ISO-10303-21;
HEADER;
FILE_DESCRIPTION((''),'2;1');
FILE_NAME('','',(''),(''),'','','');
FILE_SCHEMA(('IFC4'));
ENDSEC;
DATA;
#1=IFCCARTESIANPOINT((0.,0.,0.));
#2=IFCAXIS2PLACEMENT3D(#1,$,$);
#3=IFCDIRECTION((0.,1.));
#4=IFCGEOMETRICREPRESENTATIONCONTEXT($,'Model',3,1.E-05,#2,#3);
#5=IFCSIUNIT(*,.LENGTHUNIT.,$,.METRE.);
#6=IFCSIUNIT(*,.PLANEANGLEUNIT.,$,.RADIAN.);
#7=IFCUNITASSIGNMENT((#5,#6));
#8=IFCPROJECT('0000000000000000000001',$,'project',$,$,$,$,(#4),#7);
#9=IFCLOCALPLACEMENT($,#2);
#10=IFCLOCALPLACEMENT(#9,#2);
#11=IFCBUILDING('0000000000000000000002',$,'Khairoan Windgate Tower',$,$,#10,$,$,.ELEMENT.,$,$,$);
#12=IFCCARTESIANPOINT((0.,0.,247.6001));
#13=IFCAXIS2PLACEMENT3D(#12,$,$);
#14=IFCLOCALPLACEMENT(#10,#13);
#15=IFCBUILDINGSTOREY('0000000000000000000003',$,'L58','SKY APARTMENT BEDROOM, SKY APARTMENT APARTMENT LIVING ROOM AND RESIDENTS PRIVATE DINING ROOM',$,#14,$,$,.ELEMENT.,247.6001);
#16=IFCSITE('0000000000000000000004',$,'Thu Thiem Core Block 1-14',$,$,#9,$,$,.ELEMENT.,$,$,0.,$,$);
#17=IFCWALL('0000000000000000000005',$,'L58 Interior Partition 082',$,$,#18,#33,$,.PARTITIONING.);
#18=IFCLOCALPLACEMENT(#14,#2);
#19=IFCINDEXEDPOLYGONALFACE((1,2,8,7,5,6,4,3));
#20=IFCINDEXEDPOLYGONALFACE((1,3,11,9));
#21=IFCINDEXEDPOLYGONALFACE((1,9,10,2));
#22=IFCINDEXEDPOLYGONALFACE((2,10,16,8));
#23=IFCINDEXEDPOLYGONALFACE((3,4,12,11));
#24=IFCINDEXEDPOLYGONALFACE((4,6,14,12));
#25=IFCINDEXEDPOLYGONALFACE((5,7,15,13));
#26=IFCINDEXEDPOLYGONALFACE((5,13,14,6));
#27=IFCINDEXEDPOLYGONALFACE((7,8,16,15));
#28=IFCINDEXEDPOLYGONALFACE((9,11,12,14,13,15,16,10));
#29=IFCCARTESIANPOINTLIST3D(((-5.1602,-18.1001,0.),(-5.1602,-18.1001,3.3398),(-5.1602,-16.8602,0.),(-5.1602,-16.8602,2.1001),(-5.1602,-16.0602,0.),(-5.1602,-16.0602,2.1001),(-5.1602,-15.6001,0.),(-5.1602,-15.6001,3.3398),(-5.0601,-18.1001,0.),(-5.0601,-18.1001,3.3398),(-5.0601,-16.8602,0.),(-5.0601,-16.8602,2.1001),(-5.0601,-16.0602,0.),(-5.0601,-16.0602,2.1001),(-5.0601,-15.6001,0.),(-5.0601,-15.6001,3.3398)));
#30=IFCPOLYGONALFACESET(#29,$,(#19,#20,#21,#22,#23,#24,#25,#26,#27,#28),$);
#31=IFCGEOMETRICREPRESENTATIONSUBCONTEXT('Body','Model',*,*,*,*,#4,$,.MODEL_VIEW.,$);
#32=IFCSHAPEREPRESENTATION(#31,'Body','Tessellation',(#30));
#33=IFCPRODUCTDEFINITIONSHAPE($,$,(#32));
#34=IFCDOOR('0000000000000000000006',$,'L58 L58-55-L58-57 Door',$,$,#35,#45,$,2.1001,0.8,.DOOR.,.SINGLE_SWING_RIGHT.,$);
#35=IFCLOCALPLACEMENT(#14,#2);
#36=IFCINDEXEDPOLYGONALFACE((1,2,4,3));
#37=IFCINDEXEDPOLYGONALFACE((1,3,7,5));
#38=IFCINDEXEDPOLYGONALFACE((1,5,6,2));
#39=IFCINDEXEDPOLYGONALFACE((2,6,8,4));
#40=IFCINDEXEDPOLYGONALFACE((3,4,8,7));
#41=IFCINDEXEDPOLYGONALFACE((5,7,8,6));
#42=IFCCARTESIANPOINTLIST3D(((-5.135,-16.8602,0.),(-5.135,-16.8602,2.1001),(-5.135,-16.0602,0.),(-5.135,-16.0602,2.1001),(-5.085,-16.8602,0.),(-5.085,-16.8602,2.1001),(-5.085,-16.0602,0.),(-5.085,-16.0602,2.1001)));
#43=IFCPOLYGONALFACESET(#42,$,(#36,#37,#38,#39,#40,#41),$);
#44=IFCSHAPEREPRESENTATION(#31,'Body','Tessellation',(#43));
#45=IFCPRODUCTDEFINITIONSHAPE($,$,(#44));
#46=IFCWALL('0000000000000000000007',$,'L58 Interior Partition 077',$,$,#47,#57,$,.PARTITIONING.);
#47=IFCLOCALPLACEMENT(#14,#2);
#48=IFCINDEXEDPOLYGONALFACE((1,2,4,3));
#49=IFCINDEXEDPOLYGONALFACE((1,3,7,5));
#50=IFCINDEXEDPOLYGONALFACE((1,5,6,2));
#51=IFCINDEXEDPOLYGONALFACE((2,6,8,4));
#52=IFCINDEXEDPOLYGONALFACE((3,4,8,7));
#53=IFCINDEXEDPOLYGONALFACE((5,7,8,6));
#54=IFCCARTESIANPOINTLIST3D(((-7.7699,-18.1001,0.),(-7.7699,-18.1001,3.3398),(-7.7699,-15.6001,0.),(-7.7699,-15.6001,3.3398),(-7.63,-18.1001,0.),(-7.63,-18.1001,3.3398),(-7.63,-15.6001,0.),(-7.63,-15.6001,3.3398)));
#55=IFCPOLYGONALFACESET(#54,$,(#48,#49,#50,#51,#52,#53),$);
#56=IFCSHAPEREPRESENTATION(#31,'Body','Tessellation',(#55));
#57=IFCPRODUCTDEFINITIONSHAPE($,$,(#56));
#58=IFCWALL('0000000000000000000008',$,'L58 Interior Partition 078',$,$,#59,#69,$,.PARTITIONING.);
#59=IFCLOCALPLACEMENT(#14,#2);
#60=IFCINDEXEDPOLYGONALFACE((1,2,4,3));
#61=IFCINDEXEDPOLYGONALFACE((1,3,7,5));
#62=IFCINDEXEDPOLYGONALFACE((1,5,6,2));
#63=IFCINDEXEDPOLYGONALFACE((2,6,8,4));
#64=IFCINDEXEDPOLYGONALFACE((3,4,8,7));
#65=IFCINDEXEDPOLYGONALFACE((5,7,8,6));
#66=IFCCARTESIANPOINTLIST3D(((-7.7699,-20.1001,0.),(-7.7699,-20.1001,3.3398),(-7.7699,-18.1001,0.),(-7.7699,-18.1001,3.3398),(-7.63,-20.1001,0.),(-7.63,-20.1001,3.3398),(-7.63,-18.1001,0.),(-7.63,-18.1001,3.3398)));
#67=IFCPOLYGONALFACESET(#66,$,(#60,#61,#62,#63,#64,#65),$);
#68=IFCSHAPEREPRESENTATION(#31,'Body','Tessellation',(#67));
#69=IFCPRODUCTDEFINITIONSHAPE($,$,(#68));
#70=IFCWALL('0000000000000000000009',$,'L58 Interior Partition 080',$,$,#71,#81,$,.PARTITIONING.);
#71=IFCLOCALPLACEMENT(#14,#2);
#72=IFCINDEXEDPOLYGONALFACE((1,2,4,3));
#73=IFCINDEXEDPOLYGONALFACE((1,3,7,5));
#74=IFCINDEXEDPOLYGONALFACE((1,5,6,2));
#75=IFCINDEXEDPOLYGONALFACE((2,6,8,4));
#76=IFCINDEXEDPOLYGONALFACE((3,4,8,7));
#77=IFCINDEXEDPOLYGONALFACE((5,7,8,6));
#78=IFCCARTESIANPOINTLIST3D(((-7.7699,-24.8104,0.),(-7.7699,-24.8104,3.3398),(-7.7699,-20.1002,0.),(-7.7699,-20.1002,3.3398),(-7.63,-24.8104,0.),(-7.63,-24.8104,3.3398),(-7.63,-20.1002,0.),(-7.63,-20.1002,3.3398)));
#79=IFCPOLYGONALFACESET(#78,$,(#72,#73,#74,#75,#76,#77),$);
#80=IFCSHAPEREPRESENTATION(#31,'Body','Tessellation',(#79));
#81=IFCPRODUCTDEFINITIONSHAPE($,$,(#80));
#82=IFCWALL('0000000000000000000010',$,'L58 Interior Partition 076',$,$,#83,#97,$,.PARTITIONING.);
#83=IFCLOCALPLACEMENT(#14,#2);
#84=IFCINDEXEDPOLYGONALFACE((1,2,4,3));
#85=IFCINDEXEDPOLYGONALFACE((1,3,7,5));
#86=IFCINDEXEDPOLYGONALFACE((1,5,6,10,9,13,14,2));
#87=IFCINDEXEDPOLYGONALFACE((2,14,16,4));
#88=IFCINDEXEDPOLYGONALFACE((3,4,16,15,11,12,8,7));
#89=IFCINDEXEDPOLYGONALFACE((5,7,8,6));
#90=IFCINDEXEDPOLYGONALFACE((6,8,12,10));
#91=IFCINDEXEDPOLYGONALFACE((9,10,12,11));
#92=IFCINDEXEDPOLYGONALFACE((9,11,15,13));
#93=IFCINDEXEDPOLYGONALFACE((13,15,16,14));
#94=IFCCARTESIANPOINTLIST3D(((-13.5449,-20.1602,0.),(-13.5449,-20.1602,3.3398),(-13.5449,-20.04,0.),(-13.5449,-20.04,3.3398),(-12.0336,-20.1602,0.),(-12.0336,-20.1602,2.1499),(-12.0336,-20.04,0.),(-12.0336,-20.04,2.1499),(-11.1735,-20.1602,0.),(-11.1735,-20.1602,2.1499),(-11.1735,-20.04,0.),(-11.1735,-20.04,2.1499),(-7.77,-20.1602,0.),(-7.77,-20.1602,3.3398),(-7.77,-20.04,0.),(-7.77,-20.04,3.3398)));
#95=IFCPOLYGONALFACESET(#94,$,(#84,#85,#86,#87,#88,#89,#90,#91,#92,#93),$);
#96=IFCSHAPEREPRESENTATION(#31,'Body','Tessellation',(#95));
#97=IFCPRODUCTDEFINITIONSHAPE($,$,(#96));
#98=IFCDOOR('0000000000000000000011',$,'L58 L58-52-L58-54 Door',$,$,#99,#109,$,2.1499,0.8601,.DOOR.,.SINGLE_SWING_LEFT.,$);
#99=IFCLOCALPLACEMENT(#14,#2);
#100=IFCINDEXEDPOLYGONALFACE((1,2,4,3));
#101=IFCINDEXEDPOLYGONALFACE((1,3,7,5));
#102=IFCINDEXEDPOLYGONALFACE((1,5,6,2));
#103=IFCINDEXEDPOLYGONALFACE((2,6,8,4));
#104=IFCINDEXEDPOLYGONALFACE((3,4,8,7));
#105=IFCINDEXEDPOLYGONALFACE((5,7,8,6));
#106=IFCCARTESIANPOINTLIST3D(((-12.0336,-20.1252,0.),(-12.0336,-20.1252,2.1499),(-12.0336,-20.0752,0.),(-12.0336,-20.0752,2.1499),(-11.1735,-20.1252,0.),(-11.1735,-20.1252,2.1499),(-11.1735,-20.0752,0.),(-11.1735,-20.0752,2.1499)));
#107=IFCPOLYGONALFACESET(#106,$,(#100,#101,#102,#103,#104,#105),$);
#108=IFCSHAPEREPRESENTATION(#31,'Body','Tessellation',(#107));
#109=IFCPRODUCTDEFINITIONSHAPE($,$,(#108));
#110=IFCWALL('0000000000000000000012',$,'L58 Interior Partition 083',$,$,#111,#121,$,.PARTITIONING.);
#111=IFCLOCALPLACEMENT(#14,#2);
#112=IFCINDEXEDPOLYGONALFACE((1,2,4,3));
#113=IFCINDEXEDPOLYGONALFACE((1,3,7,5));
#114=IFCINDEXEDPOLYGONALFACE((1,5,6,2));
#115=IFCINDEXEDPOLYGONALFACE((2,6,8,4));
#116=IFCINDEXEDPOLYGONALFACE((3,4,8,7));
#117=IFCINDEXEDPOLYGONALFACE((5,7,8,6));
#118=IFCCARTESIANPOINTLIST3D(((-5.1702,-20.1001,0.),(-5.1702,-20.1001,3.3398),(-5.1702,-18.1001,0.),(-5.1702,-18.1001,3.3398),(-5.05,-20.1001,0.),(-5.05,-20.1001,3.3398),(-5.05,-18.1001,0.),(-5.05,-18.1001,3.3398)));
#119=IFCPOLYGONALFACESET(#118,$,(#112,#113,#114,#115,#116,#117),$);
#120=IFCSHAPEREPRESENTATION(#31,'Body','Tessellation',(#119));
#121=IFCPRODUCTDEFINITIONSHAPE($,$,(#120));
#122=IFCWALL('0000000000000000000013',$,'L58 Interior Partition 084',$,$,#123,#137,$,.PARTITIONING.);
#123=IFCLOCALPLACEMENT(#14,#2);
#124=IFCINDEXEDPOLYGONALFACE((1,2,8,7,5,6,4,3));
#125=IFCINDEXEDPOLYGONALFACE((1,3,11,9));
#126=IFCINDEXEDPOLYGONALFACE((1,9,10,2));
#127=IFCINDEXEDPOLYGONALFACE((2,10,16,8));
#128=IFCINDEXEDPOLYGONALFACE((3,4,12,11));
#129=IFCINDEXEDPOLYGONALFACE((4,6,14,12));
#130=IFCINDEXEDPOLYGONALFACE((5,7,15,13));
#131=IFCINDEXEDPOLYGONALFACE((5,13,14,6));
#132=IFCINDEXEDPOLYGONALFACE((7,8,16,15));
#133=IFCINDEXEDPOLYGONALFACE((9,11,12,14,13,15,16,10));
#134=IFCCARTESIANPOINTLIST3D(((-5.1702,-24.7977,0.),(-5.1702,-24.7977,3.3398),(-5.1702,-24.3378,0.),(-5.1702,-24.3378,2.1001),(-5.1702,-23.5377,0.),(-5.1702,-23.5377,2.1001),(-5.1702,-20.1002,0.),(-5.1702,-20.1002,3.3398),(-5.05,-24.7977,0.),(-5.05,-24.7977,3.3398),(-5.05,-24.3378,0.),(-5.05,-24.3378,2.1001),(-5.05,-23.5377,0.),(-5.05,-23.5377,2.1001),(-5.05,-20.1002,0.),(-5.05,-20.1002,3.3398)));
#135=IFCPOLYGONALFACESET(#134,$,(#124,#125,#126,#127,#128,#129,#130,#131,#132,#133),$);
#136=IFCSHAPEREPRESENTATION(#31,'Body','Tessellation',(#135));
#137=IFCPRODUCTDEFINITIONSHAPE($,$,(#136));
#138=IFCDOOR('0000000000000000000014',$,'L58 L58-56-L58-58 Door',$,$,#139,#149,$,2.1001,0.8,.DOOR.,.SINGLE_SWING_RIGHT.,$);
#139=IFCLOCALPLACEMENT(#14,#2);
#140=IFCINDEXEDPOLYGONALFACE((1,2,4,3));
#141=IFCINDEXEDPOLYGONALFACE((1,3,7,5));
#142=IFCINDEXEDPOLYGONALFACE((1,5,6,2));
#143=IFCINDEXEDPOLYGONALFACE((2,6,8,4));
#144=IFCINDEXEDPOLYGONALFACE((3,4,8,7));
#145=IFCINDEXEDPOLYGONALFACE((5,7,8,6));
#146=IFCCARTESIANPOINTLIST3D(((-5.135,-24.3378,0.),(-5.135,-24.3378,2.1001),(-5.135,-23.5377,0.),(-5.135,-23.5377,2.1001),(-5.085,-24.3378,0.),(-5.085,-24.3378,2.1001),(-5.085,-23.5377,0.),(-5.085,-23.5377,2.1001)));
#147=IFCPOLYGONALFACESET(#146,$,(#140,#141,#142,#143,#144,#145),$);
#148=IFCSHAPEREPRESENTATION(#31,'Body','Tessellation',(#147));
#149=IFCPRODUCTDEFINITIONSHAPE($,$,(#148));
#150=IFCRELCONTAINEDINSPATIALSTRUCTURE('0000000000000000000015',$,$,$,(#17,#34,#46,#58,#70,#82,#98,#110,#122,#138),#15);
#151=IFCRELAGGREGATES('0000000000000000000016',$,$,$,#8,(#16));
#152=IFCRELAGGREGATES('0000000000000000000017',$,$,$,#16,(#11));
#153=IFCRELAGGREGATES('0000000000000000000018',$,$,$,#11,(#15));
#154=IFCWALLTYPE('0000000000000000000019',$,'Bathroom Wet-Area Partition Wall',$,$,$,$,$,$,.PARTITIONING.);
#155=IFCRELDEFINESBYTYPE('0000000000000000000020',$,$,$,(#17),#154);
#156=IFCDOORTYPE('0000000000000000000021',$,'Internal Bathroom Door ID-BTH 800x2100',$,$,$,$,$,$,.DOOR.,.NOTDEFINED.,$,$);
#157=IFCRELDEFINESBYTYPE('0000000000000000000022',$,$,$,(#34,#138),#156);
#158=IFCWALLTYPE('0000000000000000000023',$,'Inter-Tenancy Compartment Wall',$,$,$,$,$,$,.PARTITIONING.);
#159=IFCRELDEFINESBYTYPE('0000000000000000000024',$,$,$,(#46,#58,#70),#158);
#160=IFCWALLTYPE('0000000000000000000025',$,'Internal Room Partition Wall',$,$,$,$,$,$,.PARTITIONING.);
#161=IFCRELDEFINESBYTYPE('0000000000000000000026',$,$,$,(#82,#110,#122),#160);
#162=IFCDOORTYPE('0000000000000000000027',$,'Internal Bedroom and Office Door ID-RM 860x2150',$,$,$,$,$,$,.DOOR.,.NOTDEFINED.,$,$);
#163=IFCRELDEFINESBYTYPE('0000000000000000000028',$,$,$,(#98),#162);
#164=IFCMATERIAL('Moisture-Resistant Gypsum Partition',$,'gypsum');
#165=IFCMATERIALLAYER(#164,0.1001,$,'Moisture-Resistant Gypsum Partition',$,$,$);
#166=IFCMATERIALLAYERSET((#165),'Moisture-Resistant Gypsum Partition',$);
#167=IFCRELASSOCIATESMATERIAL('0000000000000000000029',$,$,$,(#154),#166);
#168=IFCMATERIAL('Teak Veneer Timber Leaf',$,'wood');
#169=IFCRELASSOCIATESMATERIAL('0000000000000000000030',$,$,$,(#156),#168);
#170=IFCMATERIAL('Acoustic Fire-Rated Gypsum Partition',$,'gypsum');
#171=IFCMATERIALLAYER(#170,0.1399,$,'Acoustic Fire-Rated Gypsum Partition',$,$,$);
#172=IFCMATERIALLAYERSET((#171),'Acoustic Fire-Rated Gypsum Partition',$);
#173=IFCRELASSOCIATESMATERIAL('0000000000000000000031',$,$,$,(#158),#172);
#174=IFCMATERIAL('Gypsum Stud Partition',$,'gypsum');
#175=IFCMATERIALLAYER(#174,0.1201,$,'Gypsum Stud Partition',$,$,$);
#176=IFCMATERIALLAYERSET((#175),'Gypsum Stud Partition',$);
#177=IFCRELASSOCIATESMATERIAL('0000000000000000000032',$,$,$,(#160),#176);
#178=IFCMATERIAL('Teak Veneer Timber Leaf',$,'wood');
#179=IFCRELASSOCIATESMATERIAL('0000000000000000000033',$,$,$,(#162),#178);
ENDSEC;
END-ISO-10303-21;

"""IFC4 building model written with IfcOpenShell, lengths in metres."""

from ifc_helpers import new_model, si_unit, direction, frame, frame_2d, origin, place, context, subcontext, project, spatial, rectangle, extrude, material, layer, layer_set, type_object, element, fill, save


model = new_model("IFC4")

# Units and contexts
model_context = context("Model", 3, precision=1e-05, world=origin(), true_north=direction((0.0, 1.0)))
body_context = subcontext(model_context, "Body", "Model", "MODEL_VIEW")
ifc_project = project(units=[si_unit("LENGTHUNIT", "METRE"), si_unit("PLANEANGLEUNIT", "RADIAN")], contexts=[model_context])

# Site, building, storey
site_placement = place(None, origin())
site = spatial("IfcSite", under=ifc_project, at=site_placement, Name="Thu Thiem Core Block 1-14", CompositionType="ELEMENT", RefElevation=0.0)
building_placement = place(site_placement, origin())
building = spatial("IfcBuilding", under=site, at=building_placement, Name="Khairoan Windgate Tower", CompositionType="ELEMENT")
storey_placement = place(building_placement, frame((0.0, 0.0, 247.6001)))
storey = spatial("IfcBuildingStorey", under=building, at=storey_placement, Name="L58", Description="SKY APARTMENT BEDROOM, SKY APARTMENT APARTMENT LIVING ROOM AND RESIDENTS PRIVATE DINING ROOM", CompositionType="ELEMENT", Elevation=247.6001)

# Shared definitions
ifc_material_1 = material(Name="Moisture-Resistant Gypsum Partition", Category="gypsum")
ifc_layer_1 = layer(ifc_material_1, 0.1001, Name="Moisture-Resistant Gypsum Partition")
ifc_layer_set_1 = layer_set([ifc_layer_1], Name="Moisture-Resistant Gypsum Partition")
wall_type_1 = type_object("IfcWallType", Name="Bathroom Wet-Area Partition Wall", PredefinedType="PARTITIONING", material=ifc_layer_set_1)

# Wall, opening, door
wall_1_placement = place(storey_placement, frame((-5.1101, -18.1001, 0.0), z_axis=(0.0, 0.0, 1.0), x_axis=(0.0, 1.0, 0.0)))
wall_1 = element("IfcWall", 1, at=wall_1_placement, inside=storey, type_object=wall_type_1, Name="L58 Interior Partition 082", PredefinedType="PARTITIONING", context=body_context, shape_type="SweptSolid", body=[
    extrude(rectangle(XDim=2.5, YDim=0.1001, at=frame_2d((1.25, 0.0))), origin(), (0.0, 0.0, 1.0), 3.3398),
])
opening_1_placement = place(wall_1_placement, frame((1.24, 0.0, 0.0)))
opening_1 = element("IfcOpeningElement", 2, at=opening_1_placement, cuts=wall_1, PredefinedType="OPENING", context=body_context, shape_type="SweptSolid", body=[
    extrude(rectangle(XDim=0.8, YDim=2.1001, at=frame_2d((0.3999, 1.05))), frame((0.0, 0.0601, 0.0), z_axis=(0.0, -1.0, 0.0), x_axis=(1.0, 0.0, 0.0)), (0.0, 0.0, 1.0), 0.1201),
])
ifc_material_2 = material(Name="Teak Veneer Timber Leaf", Category="wood")
door_type_1 = type_object("IfcDoorType", Name="Internal Bathroom Door ID-BTH 800x2100", OperationType="NOTDEFINED", PredefinedType="DOOR", material=ifc_material_2)
door_1_placement = place(opening_1_placement, origin())
door_1 = element("IfcDoor", 3, at=door_1_placement, inside=storey, type_object=door_type_1, Name="L58 L58-55-L58-57 Door", OperationType="SINGLE_SWING_RIGHT", OverallHeight=2.1001, OverallWidth=0.8, PredefinedType="DOOR", context=body_context, shape_type="SweptSolid", body=[
    extrude(rectangle(XDim=0.8, YDim=2.1001, at=frame_2d((0.3999, 1.05))), frame((0.0, 0.0249, 0.0), z_axis=(0.0, -1.0, 0.0), x_axis=(1.0, 0.0, 0.0)), (0.0, 0.0, 1.0), 0.05),
])
fill(opening_1, door_1)

# Walls
ifc_material_3 = material(Name="Acoustic Fire-Rated Gypsum Partition", Category="gypsum")
ifc_layer_2 = layer(ifc_material_3, 0.1399, Name="Acoustic Fire-Rated Gypsum Partition")
ifc_layer_set_2 = layer_set([ifc_layer_2], Name="Acoustic Fire-Rated Gypsum Partition")
wall_type_2 = type_object("IfcWallType", Name="Inter-Tenancy Compartment Wall", PredefinedType="PARTITIONING", material=ifc_layer_set_2)
wall_2_placement = place(storey_placement, frame((-7.7, -18.1001, 0.0), z_axis=(0.0, 0.0, 1.0), x_axis=(0.0, 1.0, 0.0)))
element("IfcWall", 4, at=wall_2_placement, inside=storey, type_object=wall_type_2, Name="L58 Interior Partition 077", PredefinedType="PARTITIONING", context=body_context, shape_type="SweptSolid", body=[
    extrude(rectangle(XDim=2.5, YDim=0.1399, at=frame_2d((1.25, 0.0))), origin(), (0.0, 0.0, 1.0), 3.3398),
])
wall_3_placement = place(storey_placement, frame((-7.7, -20.1001, 0.0), z_axis=(0.0, 0.0, 1.0), x_axis=(0.0, 1.0, 0.0)))
element("IfcWall", 5, at=wall_3_placement, inside=storey, type_object=wall_type_2, Name="L58 Interior Partition 078", PredefinedType="PARTITIONING", context=body_context, shape_type="SweptSolid", body=[
    extrude(rectangle(XDim=2.0, YDim=0.1399, at=frame_2d((1.0, 0.0))), origin(), (0.0, 0.0, 1.0), 3.3398),
])
wall_4_placement = place(storey_placement, frame((-7.7, -24.8103, 0.0), z_axis=(0.0, 0.0, 1.0), x_axis=(0.0, 1.0, 0.0)))
element("IfcWall", 6, at=wall_4_placement, inside=storey, type_object=wall_type_2, Name="L58 Interior Partition 080", PredefinedType="PARTITIONING", context=body_context, shape_type="SweptSolid", body=[
    extrude(rectangle(XDim=4.7102, YDim=0.1399, at=frame_2d((2.355, 0.0))), origin(), (0.0, 0.0, 1.0), 3.3398),
])

# Wall, opening, door
ifc_material_4 = material(Name="Gypsum Stud Partition", Category="gypsum")
ifc_layer_3 = layer(ifc_material_4, 0.1201, Name="Gypsum Stud Partition")
ifc_layer_set_3 = layer_set([ifc_layer_3], Name="Gypsum Stud Partition")
wall_type_3 = type_object("IfcWallType", Name="Internal Room Partition Wall", PredefinedType="PARTITIONING", material=ifc_layer_set_3)
wall_5_placement = place(storey_placement, frame((-13.5449, -20.1001, 0.0), z_axis=(0.0, 0.0, 1.0), x_axis=(1.0, 0.0, 0.0)))
wall_5 = element("IfcWall", 7, at=wall_5_placement, inside=storey, type_object=wall_type_3, Name="L58 Interior Partition 076", PredefinedType="PARTITIONING", context=body_context, shape_type="SweptSolid", body=[
    extrude(rectangle(XDim=5.7749, YDim=0.1201, at=frame_2d((2.8875, 0.0))), origin(), (0.0, 0.0, 1.0), 3.3398),
])
opening_2_placement = place(wall_5_placement, frame((1.5112, 0.0, 0.0)))
opening_2 = element("IfcOpeningElement", 8, at=opening_2_placement, cuts=wall_5, PredefinedType="OPENING", context=body_context, shape_type="SweptSolid", body=[
    extrude(rectangle(XDim=0.8601, YDim=2.1499, at=frame_2d((0.4302, 1.075))), frame((0.0, 0.0701, 0.0), z_axis=(0.0, -1.0, 0.0), x_axis=(1.0, 0.0, 0.0)), (0.0, 0.0, 1.0), 0.1401),
])
ifc_material_5 = material(Name="Teak Veneer Timber Leaf", Category="wood")
door_type_2 = type_object("IfcDoorType", Name="Internal Bedroom and Office Door ID-RM 860x2150", OperationType="NOTDEFINED", PredefinedType="DOOR", material=ifc_material_5)
door_2_placement = place(opening_2_placement, origin())
door_2 = element("IfcDoor", 9, at=door_2_placement, inside=storey, type_object=door_type_2, Name="L58 L58-52-L58-54 Door", OperationType="SINGLE_SWING_LEFT", OverallHeight=2.1499, OverallWidth=0.8601, PredefinedType="DOOR", context=body_context, shape_type="SweptSolid", body=[
    extrude(rectangle(XDim=0.8601, YDim=2.1499, at=frame_2d((0.4302, 1.075))), frame((0.0, 0.0249, 0.0), z_axis=(0.0, -1.0, 0.0), x_axis=(1.0, 0.0, 0.0)), (0.0, 0.0, 1.0), 0.05),
])
fill(opening_2, door_2)

# Wall
wall_6_placement = place(storey_placement, frame((-5.1101, -20.1001, 0.0), z_axis=(0.0, 0.0, 1.0), x_axis=(0.0, 1.0, 0.0)))
element("IfcWall", 10, at=wall_6_placement, inside=storey, type_object=wall_type_3, Name="L58 Interior Partition 083", PredefinedType="PARTITIONING", context=body_context, shape_type="SweptSolid", body=[
    extrude(rectangle(XDim=2.0, YDim=0.1201, at=frame_2d((1.0, 0.0))), origin(), (0.0, 0.0, 1.0), 3.3398),
])

# Wall, opening, door
wall_7_placement = place(storey_placement, frame((-5.1101, -24.7976, 0.0), z_axis=(0.0, 0.0, 1.0), x_axis=(0.0, 1.0, 0.0)))
wall_7 = element("IfcWall", 11, at=wall_7_placement, inside=storey, type_object=wall_type_3, Name="L58 Interior Partition 084", PredefinedType="PARTITIONING", context=body_context, shape_type="SweptSolid", body=[
    extrude(rectangle(XDim=4.6975, YDim=0.1201, at=frame_2d((2.3486, 0.0))), origin(), (0.0, 0.0, 1.0), 3.3398),
])
opening_3_placement = place(wall_7_placement, frame((0.46, 0.0, 0.0)))
opening_3 = element("IfcOpeningElement", 12, at=opening_3_placement, cuts=wall_7, PredefinedType="OPENING", context=body_context, shape_type="SweptSolid", body=[
    extrude(rectangle(XDim=0.8, YDim=2.1001, at=frame_2d((0.3999, 1.05))), frame((0.0, 0.0701, 0.0), z_axis=(0.0, -1.0, 0.0), x_axis=(1.0, 0.0, 0.0)), (0.0, 0.0, 1.0), 0.1401),
])
door_3_placement = place(opening_3_placement, origin())
door_3 = element("IfcDoor", 13, at=door_3_placement, inside=storey, type_object=door_type_1, Name="L58 L58-56-L58-58 Door", OperationType="SINGLE_SWING_RIGHT", OverallHeight=2.1001, OverallWidth=0.8, PredefinedType="DOOR", context=body_context, shape_type="SweptSolid", body=[
    extrude(rectangle(XDim=0.8, YDim=2.1001, at=frame_2d((0.3999, 1.05))), frame((0.0, 0.0249, 0.0), z_axis=(0.0, -1.0, 0.0), x_axis=(1.0, 0.0, 0.0)), (0.0, 0.0, 1.0), 0.05),
])
fill(opening_3, door_3)

save(model, "model.ifc")
